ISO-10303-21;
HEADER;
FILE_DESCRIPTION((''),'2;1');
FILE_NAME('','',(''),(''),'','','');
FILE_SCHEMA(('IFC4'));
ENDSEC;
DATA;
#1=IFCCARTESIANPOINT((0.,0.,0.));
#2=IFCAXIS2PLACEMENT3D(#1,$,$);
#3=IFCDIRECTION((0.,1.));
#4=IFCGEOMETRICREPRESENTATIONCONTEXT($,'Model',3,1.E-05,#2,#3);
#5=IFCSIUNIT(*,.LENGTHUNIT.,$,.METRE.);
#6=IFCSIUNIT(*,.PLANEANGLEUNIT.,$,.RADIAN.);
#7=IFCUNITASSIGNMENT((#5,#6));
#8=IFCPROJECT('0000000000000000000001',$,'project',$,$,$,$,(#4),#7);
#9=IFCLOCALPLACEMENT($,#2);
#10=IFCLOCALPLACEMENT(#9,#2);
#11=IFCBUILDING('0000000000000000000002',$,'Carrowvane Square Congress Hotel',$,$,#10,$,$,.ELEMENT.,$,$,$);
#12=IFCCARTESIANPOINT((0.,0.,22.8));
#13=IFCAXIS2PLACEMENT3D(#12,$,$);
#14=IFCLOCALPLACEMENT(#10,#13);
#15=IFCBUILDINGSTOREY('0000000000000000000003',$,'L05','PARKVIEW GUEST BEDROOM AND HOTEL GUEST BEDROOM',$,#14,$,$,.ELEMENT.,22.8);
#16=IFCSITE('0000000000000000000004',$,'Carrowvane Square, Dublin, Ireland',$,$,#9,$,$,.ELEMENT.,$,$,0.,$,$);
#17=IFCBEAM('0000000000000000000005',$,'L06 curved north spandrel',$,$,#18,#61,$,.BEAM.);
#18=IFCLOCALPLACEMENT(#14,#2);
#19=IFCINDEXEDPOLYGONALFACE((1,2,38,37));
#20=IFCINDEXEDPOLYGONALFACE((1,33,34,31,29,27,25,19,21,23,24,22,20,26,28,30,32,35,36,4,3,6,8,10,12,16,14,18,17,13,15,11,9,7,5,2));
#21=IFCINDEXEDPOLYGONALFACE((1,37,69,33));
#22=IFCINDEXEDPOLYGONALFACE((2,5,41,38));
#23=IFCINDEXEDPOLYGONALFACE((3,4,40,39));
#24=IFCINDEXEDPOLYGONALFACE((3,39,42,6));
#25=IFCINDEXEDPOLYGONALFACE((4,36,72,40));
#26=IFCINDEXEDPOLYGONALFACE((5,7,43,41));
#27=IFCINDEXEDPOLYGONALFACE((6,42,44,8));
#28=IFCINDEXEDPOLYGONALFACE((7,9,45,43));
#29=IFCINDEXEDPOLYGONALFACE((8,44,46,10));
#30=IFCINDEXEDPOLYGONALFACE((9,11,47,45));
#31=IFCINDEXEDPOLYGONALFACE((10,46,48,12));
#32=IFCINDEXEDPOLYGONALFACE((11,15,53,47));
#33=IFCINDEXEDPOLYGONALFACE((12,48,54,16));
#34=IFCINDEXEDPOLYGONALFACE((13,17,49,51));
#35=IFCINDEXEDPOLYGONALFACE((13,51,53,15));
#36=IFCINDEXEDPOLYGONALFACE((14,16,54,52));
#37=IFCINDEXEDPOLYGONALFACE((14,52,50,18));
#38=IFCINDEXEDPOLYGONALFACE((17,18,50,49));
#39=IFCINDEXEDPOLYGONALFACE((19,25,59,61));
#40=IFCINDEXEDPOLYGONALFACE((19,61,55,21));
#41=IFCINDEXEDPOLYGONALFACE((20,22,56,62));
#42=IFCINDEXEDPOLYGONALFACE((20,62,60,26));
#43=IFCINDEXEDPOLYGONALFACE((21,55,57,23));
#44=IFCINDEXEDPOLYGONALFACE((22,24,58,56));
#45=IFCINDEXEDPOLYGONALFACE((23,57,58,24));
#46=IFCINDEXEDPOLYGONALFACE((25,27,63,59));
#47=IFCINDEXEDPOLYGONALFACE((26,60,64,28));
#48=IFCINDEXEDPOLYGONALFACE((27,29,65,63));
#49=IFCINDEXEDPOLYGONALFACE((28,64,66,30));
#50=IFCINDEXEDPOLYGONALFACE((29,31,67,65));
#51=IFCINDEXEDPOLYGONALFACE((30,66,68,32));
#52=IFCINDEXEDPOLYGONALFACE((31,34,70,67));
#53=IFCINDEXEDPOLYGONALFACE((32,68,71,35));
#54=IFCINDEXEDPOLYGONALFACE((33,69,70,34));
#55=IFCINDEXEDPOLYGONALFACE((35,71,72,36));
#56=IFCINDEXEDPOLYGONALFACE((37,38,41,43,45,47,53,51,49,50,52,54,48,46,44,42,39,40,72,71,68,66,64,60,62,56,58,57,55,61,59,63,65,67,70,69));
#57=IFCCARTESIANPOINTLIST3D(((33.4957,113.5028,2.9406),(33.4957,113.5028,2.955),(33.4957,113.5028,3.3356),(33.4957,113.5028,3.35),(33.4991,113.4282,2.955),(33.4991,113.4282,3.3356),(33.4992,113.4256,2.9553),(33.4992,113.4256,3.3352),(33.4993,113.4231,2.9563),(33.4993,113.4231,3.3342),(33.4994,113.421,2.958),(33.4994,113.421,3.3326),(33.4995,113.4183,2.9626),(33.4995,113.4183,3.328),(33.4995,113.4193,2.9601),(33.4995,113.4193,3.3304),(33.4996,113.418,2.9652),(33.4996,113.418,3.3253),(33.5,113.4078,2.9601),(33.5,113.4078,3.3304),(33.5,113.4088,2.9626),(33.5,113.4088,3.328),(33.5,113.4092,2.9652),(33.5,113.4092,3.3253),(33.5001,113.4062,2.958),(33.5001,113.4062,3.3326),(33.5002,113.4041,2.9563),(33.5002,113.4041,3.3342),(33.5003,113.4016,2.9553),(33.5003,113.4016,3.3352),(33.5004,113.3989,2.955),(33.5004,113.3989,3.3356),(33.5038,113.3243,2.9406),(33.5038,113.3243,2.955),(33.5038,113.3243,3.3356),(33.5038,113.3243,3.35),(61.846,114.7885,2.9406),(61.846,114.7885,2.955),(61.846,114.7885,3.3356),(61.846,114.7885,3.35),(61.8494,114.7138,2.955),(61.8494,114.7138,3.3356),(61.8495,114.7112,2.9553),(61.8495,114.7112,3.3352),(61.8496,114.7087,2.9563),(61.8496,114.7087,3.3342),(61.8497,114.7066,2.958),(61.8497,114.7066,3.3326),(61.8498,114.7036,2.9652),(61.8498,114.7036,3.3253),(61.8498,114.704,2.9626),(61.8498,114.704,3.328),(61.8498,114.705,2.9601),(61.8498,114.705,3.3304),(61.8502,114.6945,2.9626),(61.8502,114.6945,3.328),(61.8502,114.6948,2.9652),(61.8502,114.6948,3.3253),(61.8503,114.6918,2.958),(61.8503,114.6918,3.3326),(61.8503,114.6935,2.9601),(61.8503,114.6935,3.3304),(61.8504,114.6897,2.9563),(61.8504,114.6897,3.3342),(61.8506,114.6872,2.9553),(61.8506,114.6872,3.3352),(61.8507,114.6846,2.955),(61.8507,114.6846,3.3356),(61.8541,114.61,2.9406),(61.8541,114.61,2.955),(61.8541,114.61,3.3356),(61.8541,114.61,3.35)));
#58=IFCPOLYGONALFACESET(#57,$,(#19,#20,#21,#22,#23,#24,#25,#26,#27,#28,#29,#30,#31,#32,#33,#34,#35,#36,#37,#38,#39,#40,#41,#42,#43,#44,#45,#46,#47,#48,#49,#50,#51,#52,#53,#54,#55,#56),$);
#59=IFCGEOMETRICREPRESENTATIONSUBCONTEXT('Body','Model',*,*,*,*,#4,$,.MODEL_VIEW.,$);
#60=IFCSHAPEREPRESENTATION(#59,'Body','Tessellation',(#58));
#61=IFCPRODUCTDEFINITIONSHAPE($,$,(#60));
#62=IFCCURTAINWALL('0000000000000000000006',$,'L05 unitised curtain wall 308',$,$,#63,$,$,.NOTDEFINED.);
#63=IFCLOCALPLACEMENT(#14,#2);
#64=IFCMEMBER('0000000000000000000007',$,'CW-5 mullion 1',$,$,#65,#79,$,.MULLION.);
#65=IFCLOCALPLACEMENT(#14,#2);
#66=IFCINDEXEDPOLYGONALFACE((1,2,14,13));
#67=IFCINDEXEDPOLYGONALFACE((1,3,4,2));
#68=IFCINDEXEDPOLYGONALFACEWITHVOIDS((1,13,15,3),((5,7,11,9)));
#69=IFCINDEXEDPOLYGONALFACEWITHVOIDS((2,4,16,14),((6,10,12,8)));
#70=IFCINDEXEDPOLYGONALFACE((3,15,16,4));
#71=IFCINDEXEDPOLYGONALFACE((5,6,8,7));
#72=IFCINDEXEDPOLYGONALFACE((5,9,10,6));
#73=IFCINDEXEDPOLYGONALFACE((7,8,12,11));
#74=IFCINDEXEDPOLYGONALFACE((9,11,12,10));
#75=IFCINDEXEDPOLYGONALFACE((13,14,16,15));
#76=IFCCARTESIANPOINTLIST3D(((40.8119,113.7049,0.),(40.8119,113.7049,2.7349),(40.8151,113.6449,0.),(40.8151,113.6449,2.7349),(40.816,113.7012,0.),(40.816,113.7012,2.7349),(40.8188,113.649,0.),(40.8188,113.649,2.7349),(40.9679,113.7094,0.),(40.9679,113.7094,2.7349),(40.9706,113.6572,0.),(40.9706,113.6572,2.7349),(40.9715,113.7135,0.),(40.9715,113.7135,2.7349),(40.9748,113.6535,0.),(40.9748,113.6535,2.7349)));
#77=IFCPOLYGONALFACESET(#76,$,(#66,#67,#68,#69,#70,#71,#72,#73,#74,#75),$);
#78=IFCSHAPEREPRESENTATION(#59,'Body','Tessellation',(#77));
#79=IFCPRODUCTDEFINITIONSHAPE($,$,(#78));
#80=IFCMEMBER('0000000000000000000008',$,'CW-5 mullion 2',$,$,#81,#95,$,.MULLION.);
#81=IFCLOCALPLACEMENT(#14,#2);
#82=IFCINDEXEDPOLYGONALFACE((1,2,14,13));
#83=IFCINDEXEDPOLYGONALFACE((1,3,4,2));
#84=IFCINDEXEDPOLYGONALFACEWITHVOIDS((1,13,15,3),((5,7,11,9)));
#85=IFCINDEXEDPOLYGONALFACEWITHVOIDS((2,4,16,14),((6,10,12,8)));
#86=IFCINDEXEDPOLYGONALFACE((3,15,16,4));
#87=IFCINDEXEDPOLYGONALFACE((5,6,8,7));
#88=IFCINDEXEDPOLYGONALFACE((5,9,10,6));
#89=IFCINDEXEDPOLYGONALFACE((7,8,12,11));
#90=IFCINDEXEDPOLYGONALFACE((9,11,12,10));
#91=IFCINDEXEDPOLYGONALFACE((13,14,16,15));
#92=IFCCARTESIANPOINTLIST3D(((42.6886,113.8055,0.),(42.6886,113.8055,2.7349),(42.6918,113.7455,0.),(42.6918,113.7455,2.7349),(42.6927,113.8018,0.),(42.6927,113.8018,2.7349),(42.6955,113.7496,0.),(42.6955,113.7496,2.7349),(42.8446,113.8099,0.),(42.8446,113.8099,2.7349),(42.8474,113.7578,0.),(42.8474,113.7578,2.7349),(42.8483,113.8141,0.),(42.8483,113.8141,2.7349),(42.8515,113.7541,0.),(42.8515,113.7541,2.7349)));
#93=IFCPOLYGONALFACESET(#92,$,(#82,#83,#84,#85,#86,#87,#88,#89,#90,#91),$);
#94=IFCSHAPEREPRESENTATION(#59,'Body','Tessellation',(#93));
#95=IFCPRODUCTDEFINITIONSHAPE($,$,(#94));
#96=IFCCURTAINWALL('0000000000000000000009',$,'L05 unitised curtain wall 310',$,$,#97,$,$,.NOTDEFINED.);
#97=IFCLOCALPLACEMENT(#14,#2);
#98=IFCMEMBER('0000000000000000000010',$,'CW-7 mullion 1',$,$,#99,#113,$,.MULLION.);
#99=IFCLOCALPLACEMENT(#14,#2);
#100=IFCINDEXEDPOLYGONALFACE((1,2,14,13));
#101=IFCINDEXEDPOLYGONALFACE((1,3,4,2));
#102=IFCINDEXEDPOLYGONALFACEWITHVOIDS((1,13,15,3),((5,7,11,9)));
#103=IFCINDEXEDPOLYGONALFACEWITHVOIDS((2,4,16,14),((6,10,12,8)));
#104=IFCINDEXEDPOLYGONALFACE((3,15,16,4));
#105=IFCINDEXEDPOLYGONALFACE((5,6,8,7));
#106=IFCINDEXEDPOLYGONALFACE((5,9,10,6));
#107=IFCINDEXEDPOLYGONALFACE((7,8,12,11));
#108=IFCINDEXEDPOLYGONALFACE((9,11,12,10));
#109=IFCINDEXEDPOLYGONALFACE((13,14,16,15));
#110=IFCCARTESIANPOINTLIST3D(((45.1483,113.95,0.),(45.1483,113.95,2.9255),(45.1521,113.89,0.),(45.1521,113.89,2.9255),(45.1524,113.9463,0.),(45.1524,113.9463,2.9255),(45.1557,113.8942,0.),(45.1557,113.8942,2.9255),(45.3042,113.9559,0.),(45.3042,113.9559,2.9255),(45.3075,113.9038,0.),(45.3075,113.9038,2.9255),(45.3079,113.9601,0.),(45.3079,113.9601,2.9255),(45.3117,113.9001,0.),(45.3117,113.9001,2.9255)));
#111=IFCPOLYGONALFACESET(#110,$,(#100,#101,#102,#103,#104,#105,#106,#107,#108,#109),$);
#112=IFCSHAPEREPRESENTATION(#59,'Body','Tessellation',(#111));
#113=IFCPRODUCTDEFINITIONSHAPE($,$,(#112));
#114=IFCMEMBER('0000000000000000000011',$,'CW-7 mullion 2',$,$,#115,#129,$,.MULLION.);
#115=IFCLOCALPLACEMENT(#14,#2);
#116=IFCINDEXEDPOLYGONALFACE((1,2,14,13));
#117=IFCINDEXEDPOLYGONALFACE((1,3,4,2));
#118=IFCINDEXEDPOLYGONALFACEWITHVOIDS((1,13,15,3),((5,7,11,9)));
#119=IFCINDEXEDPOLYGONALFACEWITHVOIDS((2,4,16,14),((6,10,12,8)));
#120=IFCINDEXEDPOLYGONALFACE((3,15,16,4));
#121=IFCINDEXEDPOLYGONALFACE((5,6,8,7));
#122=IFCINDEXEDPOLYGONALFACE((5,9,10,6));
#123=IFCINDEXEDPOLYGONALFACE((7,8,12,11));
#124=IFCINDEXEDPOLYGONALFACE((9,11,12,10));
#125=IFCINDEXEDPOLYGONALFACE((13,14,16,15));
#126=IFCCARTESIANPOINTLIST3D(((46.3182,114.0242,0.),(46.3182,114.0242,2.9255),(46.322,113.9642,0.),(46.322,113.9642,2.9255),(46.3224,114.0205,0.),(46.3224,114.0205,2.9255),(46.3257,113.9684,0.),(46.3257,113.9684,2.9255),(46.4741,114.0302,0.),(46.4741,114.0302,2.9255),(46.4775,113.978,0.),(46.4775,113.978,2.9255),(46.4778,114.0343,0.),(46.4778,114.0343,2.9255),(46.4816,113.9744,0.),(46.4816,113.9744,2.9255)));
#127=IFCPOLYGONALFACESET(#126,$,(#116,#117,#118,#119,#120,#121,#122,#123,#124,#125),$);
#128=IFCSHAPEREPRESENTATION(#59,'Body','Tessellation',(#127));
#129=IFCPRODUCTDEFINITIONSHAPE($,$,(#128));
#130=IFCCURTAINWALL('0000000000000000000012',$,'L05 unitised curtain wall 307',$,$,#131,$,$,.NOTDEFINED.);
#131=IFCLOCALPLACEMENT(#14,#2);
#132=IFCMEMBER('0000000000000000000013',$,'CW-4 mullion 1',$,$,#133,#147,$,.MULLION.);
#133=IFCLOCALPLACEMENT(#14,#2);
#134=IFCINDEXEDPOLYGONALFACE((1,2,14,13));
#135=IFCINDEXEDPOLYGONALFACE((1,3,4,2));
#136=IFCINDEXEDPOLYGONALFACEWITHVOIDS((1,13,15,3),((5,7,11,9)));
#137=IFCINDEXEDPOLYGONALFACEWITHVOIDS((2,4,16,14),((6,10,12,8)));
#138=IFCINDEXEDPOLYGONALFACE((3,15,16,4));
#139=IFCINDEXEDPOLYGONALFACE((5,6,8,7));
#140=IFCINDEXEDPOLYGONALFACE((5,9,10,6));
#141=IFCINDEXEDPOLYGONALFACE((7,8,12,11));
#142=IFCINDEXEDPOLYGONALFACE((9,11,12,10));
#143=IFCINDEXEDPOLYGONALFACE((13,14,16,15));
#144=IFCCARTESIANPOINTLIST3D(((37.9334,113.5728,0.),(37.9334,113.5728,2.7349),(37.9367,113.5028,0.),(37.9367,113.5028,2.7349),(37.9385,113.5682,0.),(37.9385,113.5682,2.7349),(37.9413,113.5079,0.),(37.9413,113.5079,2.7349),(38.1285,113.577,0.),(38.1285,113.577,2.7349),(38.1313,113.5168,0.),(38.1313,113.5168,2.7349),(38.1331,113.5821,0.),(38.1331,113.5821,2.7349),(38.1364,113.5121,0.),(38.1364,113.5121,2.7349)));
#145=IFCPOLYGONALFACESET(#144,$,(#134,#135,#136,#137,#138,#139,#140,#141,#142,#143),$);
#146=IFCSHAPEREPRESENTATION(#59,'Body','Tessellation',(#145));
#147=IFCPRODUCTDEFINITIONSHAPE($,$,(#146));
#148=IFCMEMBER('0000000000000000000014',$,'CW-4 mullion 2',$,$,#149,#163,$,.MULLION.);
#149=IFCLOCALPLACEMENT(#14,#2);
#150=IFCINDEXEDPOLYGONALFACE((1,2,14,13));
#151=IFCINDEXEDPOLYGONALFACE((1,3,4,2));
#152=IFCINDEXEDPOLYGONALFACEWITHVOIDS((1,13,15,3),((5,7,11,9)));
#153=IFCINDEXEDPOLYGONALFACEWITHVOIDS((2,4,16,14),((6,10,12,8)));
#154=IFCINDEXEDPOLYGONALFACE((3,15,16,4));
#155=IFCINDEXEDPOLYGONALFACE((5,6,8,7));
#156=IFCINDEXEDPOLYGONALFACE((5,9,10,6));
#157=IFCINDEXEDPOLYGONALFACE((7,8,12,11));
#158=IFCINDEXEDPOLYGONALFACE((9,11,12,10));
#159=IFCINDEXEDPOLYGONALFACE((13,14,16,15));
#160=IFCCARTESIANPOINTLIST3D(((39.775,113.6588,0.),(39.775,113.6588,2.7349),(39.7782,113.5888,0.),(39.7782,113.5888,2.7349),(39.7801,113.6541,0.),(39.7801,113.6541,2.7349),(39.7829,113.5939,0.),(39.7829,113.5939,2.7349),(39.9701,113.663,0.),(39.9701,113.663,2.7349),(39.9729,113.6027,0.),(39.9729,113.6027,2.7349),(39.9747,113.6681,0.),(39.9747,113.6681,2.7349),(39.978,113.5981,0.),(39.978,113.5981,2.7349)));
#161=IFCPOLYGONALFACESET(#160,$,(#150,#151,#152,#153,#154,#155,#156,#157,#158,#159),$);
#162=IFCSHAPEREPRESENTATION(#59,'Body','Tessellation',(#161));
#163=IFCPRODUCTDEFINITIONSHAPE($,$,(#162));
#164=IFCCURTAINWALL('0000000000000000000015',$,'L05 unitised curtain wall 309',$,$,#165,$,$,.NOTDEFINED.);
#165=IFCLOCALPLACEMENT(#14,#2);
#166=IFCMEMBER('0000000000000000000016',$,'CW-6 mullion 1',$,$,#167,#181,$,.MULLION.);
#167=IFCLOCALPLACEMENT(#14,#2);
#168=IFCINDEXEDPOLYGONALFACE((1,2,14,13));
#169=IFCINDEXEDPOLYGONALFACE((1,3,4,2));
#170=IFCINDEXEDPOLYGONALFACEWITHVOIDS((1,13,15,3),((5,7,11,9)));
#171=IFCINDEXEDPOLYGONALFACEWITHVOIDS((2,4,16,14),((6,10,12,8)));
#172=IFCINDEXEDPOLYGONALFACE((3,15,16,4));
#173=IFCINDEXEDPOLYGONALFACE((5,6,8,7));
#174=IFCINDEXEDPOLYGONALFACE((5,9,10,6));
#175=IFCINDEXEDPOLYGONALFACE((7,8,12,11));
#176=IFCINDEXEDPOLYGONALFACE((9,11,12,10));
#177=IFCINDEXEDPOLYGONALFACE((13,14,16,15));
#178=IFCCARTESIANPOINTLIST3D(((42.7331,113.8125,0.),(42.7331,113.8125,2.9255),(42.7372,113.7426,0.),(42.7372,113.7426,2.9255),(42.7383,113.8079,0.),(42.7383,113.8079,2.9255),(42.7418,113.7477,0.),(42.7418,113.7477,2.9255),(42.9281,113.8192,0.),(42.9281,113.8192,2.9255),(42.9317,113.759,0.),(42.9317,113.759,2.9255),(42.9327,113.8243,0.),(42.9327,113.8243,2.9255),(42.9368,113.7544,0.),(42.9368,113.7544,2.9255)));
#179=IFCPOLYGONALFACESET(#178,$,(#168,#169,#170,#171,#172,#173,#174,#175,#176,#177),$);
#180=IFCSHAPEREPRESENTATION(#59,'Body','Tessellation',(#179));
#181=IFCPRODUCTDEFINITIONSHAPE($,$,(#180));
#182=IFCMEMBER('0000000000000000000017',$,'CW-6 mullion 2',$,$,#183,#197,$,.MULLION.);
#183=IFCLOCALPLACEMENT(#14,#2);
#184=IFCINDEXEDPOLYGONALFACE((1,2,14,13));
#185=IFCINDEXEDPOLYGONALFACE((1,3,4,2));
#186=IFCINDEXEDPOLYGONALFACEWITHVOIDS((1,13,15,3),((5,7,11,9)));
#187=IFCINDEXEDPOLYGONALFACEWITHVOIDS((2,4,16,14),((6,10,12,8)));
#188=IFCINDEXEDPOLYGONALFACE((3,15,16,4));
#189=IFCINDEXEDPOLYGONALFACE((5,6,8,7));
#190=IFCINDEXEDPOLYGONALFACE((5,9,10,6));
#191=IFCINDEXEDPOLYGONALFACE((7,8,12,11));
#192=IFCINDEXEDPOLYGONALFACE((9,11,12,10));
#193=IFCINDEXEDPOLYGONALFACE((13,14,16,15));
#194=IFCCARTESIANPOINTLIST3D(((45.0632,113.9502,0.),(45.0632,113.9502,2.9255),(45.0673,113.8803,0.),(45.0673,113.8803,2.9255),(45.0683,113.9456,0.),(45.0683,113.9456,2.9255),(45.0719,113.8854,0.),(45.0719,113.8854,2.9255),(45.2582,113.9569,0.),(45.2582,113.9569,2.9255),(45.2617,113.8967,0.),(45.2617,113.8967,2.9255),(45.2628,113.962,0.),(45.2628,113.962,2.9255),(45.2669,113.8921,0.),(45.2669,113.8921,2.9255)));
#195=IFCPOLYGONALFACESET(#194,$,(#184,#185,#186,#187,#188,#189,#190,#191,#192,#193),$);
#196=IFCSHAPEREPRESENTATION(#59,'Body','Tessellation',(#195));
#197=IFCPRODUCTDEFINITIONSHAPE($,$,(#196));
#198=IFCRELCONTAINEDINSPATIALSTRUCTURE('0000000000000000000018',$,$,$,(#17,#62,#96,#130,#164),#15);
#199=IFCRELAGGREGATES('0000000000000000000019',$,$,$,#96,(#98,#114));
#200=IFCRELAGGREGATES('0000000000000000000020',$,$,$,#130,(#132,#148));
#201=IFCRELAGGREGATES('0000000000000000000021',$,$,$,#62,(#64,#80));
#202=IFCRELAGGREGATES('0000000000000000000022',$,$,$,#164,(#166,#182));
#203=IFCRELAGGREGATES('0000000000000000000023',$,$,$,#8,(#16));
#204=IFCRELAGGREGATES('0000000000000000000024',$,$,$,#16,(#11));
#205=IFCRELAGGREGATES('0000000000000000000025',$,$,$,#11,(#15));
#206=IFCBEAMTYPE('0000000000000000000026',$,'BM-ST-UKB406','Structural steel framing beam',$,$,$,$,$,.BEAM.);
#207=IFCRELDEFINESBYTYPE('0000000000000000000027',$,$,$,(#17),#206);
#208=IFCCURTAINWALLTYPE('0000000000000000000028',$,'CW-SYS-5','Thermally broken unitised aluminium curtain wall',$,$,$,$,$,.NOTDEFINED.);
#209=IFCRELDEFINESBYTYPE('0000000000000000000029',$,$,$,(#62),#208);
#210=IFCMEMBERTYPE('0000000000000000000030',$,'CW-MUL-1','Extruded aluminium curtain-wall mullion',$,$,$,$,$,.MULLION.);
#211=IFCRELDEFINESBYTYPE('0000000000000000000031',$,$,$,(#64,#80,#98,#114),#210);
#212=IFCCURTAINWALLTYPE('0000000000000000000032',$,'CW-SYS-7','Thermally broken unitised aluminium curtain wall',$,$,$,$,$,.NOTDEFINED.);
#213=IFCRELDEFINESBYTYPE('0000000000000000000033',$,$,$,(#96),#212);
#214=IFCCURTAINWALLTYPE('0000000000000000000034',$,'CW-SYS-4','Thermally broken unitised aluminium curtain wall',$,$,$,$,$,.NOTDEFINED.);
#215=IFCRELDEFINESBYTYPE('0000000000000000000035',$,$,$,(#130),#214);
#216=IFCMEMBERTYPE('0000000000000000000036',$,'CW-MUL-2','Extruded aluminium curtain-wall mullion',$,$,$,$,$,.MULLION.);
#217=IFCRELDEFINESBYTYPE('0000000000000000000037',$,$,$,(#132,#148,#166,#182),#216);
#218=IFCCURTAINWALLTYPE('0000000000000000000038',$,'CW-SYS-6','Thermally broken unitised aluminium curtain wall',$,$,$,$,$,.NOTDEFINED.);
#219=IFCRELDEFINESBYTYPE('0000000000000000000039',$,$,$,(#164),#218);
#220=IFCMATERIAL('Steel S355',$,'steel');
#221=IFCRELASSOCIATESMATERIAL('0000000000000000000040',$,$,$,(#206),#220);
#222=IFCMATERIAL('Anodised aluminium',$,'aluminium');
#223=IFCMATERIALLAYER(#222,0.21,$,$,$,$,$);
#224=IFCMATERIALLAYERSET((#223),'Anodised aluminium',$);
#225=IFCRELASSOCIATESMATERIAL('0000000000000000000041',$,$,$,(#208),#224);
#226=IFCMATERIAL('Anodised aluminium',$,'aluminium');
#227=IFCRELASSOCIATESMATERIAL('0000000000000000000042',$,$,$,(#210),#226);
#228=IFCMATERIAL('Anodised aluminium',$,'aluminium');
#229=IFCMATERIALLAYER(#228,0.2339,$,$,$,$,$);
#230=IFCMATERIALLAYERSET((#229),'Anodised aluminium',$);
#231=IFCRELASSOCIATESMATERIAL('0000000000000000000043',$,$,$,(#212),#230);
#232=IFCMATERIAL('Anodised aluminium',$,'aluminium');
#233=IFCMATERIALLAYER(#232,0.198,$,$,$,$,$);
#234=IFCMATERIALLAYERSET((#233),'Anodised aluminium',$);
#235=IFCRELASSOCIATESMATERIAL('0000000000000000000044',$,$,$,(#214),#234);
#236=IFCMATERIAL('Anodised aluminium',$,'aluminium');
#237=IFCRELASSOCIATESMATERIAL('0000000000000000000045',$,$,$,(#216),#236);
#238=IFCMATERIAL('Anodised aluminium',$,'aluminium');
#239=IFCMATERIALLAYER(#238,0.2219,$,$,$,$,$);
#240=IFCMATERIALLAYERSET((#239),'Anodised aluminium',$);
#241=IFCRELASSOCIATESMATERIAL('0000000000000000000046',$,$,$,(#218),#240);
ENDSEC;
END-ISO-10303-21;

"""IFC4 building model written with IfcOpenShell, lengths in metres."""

from ifc_helpers import new_model, si_unit, direction, frame, origin, origin_2d, place, context, subcontext, project, spatial, hollow_rectangle, i_section, extrude, material, layer, layer_set, material_profile, profile_set, type_object, element, aggregate, save


model = new_model("IFC4")

# Units and contexts
model_context = context("Model", 3, precision=1e-05, world=origin(), true_north=direction((0.0, 1.0)))
body_context = subcontext(model_context, "Body", "Model", "MODEL_VIEW")
ifc_project = project(units=[si_unit("LENGTHUNIT", "METRE"), si_unit("PLANEANGLEUNIT", "RADIAN")], contexts=[model_context])

# Site, building, storey
site_placement = place(None, origin())
site = spatial("IfcSite", under=ifc_project, at=site_placement, Name="Carrowvane Square, Dublin, Ireland", CompositionType="ELEMENT", RefElevation=0.0)
building_placement = place(site_placement, origin())
building = spatial("IfcBuilding", under=site, at=building_placement, Name="Carrowvane Square Congress Hotel", CompositionType="ELEMENT")
storey_placement = place(building_placement, frame((0.0, 0.0, 22.8)))
storey = spatial("IfcBuildingStorey", under=building, at=storey_placement, Name="L05", Description="PARKVIEW GUEST BEDROOM AND HOTEL GUEST BEDROOM", CompositionType="ELEMENT", Elevation=22.8)

# Beam
ifc_material_1 = material(Name="Steel S355", Category="steel")
ifc_material_profile_1 = material_profile(ifc_material_1, i_section(OverallWidth=0.1787, OverallDepth=0.4094, WebThickness=0.0088, FlangeThickness=0.0144, FilletRadius=0.0103, at=origin_2d()), Name="UKB 406x178x67")
ifc_profile_set_1 = profile_set([ifc_material_profile_1], Name="Steel S355")
beam_type = type_object("IfcBeamType", Name="BM-ST-UKB406", Description="Structural steel framing beam", PredefinedType="BEAM", material=ifc_profile_set_1)
beam_placement = place(storey_placement, frame((33.4998, 113.4136, 3.1453), z_axis=(0.998973, 0.045302, 0.0), x_axis=(-0.045302, 0.998973, 0.0)))
element("IfcBeam", 1, at=beam_placement, inside=storey, type_object=beam_type, Name="L06 curved north spandrel", PredefinedType="BEAM", context=body_context, shape_type="SweptSolid", body=[
    extrude(i_section(OverallWidth=0.1787, OverallDepth=0.4094, WebThickness=0.0088, FlangeThickness=0.0144, FilletRadius=0.0103, at=origin_2d()), origin(), (0.0, 0.0, 1.0), 28.3794),
])

# Curtain walls, members
ifc_material_2 = material(Name="Anodised aluminium", Category="aluminium")
ifc_layer_1 = layer(ifc_material_2, 0.21)
ifc_layer_set_1 = layer_set([ifc_layer_1], Name="Anodised aluminium")
curtain_wall_type_1 = type_object("IfcCurtainWallType", Name="CW-SYS-5", Description="Thermally broken unitised aluminium curtain wall", PredefinedType="NOTDEFINED", material=ifc_layer_set_1)
curtain_wall_1_placement = place(storey_placement, origin())
curtain_wall_1 = element("IfcCurtainWall", 2, at=curtain_wall_1_placement, inside=storey, type_object=curtain_wall_type_1, Name="L05 unitised curtain wall 308", PredefinedType="NOTDEFINED")
ifc_material_3 = material(Name="Anodised aluminium", Category="aluminium")
ifc_material_profile_2 = material_profile(ifc_material_3, hollow_rectangle(XDim=0.0601, YDim=0.1599, WallThickness=0.0039, at=origin_2d()), Name="CW-ML 60x160x4")
ifc_profile_set_2 = profile_set([ifc_material_profile_2], Name="Anodised aluminium")
member_type_1 = type_object("IfcMemberType", Name="CW-MUL-1", Description="Extruded aluminium curtain-wall mullion", PredefinedType="MULLION", material=ifc_profile_set_2)
member_1_placement = place(storey_placement, frame((40.8933, 113.6792, 0.0), z_axis=(0.0, 0.0, 1.0), x_axis=(-0.053514, 0.998567, 0.0)))
member_1 = element("IfcMember", 3, at=member_1_placement, type_object=member_type_1, Name="CW-5 mullion 1", PredefinedType="MULLION", context=body_context, shape_type="SweptSolid", body=[
    extrude(hollow_rectangle(XDim=0.0601, YDim=0.1599, WallThickness=0.0039, at=origin_2d()), origin(), (0.0, 0.0, 1.0), 2.7349),
])
member_2_placement = place(storey_placement, frame((42.77, 113.7798, 0.0), z_axis=(0.0, 0.0, 1.0), x_axis=(-0.053514, 0.998567, 0.0)))
member_2 = element("IfcMember", 4, at=member_2_placement, type_object=member_type_1, Name="CW-5 mullion 2", PredefinedType="MULLION", context=body_context, shape_type="SweptSolid", body=[
    extrude(hollow_rectangle(XDim=0.0601, YDim=0.1599, WallThickness=0.0039, at=origin_2d()), origin(), (0.0, 0.0, 1.0), 2.7349),
])
ifc_material_4 = material(Name="Anodised aluminium", Category="aluminium")
ifc_layer_2 = layer(ifc_material_4, 0.2339)
ifc_layer_set_2 = layer_set([ifc_layer_2], Name="Anodised aluminium")
curtain_wall_type_2 = type_object("IfcCurtainWallType", Name="CW-SYS-7", Description="Thermally broken unitised aluminium curtain wall", PredefinedType="NOTDEFINED", material=ifc_layer_set_2)
curtain_wall_2_placement = place(storey_placement, origin())
curtain_wall_2 = element("IfcCurtainWall", 5, at=curtain_wall_2_placement, inside=storey, type_object=curtain_wall_type_2, Name="L05 unitised curtain wall 310", PredefinedType="NOTDEFINED")
member_3_placement = place(storey_placement, frame((45.23, 113.925, 0.0), z_axis=(0.0, 0.0, 1.0), x_axis=(-0.063273, 0.997996, 0.0)))
member_3 = element("IfcMember", 6, at=member_3_placement, type_object=member_type_1, Name="CW-7 mullion 1", PredefinedType="MULLION", context=body_context, shape_type="SweptSolid", body=[
    extrude(hollow_rectangle(XDim=0.0601, YDim=0.1599, WallThickness=0.0039, at=origin_2d()), origin(), (0.0, 0.0, 1.0), 2.9255),
])
member_4_placement = place(storey_placement, frame((46.3999, 113.9993, 0.0), z_axis=(0.0, 0.0, 1.0), x_axis=(-0.063273, 0.997996, 0.0)))
member_4 = element("IfcMember", 7, at=member_4_placement, type_object=member_type_1, Name="CW-7 mullion 2", PredefinedType="MULLION", context=body_context, shape_type="SweptSolid", body=[
    extrude(hollow_rectangle(XDim=0.0601, YDim=0.1599, WallThickness=0.0039, at=origin_2d()), origin(), (0.0, 0.0, 1.0), 2.9255),
])
ifc_material_5 = material(Name="Anodised aluminium", Category="aluminium")
ifc_layer_3 = layer(ifc_material_5, 0.198)
ifc_layer_set_3 = layer_set([ifc_layer_3], Name="Anodised aluminium")
curtain_wall_type_3 = type_object("IfcCurtainWallType", Name="CW-SYS-4", Description="Thermally broken unitised aluminium curtain wall", PredefinedType="NOTDEFINED", material=ifc_layer_set_3)
curtain_wall_3_placement = place(storey_placement, origin())
curtain_wall_3 = element("IfcCurtainWall", 8, at=curtain_wall_3_placement, inside=storey, type_object=curtain_wall_type_3, Name="L05 unitised curtain wall 307", PredefinedType="NOTDEFINED")
ifc_material_6 = material(Name="Anodised aluminium", Category="aluminium")
ifc_material_profile_3 = material_profile(ifc_material_6, hollow_rectangle(XDim=0.0701, YDim=0.2, WallThickness=0.0049, at=origin_2d()), Name="CW-ML 70x200x5")
ifc_profile_set_3 = profile_set([ifc_material_profile_3], Name="Anodised aluminium")
member_type_2 = type_object("IfcMemberType", Name="CW-MUL-2", Description="Extruded aluminium curtain-wall mullion", PredefinedType="MULLION", material=ifc_profile_set_3)
member_5_placement = place(storey_placement, frame((38.0349, 113.5425, 0.0), z_axis=(0.0, 0.0, 1.0), x_axis=(-0.046522, 0.998917, 0.0)))
member_5 = element("IfcMember", 9, at=member_5_placement, type_object=member_type_2, Name="CW-4 mullion 1", PredefinedType="MULLION", context=body_context, shape_type="SweptSolid", body=[
    extrude(hollow_rectangle(XDim=0.0701, YDim=0.2, WallThickness=0.0049, at=origin_2d()), origin(), (0.0, 0.0, 1.0), 2.7349),
])
member_6_placement = place(storey_placement, frame((39.8765, 113.6284, 0.0), z_axis=(0.0, 0.0, 1.0), x_axis=(-0.046522, 0.998917, 0.0)))
member_6 = element("IfcMember", 10, at=member_6_placement, type_object=member_type_2, Name="CW-4 mullion 2", PredefinedType="MULLION", context=body_context, shape_type="SweptSolid", body=[
    extrude(hollow_rectangle(XDim=0.0701, YDim=0.2, WallThickness=0.0049, at=origin_2d()), origin(), (0.0, 0.0, 1.0), 2.7349),
])
ifc_material_7 = material(Name="Anodised aluminium", Category="aluminium")
ifc_layer_4 = layer(ifc_material_7, 0.2219)
ifc_layer_set_4 = layer_set([ifc_layer_4], Name="Anodised aluminium")
curtain_wall_type_4 = type_object("IfcCurtainWallType", Name="CW-SYS-6", Description="Thermally broken unitised aluminium curtain wall", PredefinedType="NOTDEFINED", material=ifc_layer_set_4)
curtain_wall_4_placement = place(storey_placement, origin())
curtain_wall_4 = element("IfcCurtainWall", 11, at=curtain_wall_4_placement, inside=storey, type_object=curtain_wall_type_4, Name="L05 unitised curtain wall 309", PredefinedType="NOTDEFINED")
member_7_placement = place(storey_placement, frame((42.835, 113.7834, 0.0), z_axis=(0.0, 0.0, 1.0), x_axis=(-0.058989, 0.998259, 0.0)))
member_7 = element("IfcMember", 12, at=member_7_placement, type_object=member_type_2, Name="CW-6 mullion 1", PredefinedType="MULLION", context=body_context, shape_type="SweptSolid", body=[
    extrude(hollow_rectangle(XDim=0.0701, YDim=0.2, WallThickness=0.0049, at=origin_2d()), origin(), (0.0, 0.0, 1.0), 2.9255),
])
member_8_placement = place(storey_placement, frame((45.165, 113.9211, 0.0), z_axis=(0.0, 0.0, 1.0), x_axis=(-0.058989, 0.998259, 0.0)))
member_8 = element("IfcMember", 13, at=member_8_placement, type_object=member_type_2, Name="CW-6 mullion 2", PredefinedType="MULLION", context=body_context, shape_type="SweptSolid", body=[
    extrude(hollow_rectangle(XDim=0.0701, YDim=0.2, WallThickness=0.0049, at=origin_2d()), origin(), (0.0, 0.0, 1.0), 2.9255),
])

aggregate(curtain_wall_2, [member_3, member_4])
aggregate(curtain_wall_3, [member_5, member_6])
aggregate(curtain_wall_1, [member_1, member_2])
aggregate(curtain_wall_4, [member_7, member_8])

save(model, "model.ifc")
